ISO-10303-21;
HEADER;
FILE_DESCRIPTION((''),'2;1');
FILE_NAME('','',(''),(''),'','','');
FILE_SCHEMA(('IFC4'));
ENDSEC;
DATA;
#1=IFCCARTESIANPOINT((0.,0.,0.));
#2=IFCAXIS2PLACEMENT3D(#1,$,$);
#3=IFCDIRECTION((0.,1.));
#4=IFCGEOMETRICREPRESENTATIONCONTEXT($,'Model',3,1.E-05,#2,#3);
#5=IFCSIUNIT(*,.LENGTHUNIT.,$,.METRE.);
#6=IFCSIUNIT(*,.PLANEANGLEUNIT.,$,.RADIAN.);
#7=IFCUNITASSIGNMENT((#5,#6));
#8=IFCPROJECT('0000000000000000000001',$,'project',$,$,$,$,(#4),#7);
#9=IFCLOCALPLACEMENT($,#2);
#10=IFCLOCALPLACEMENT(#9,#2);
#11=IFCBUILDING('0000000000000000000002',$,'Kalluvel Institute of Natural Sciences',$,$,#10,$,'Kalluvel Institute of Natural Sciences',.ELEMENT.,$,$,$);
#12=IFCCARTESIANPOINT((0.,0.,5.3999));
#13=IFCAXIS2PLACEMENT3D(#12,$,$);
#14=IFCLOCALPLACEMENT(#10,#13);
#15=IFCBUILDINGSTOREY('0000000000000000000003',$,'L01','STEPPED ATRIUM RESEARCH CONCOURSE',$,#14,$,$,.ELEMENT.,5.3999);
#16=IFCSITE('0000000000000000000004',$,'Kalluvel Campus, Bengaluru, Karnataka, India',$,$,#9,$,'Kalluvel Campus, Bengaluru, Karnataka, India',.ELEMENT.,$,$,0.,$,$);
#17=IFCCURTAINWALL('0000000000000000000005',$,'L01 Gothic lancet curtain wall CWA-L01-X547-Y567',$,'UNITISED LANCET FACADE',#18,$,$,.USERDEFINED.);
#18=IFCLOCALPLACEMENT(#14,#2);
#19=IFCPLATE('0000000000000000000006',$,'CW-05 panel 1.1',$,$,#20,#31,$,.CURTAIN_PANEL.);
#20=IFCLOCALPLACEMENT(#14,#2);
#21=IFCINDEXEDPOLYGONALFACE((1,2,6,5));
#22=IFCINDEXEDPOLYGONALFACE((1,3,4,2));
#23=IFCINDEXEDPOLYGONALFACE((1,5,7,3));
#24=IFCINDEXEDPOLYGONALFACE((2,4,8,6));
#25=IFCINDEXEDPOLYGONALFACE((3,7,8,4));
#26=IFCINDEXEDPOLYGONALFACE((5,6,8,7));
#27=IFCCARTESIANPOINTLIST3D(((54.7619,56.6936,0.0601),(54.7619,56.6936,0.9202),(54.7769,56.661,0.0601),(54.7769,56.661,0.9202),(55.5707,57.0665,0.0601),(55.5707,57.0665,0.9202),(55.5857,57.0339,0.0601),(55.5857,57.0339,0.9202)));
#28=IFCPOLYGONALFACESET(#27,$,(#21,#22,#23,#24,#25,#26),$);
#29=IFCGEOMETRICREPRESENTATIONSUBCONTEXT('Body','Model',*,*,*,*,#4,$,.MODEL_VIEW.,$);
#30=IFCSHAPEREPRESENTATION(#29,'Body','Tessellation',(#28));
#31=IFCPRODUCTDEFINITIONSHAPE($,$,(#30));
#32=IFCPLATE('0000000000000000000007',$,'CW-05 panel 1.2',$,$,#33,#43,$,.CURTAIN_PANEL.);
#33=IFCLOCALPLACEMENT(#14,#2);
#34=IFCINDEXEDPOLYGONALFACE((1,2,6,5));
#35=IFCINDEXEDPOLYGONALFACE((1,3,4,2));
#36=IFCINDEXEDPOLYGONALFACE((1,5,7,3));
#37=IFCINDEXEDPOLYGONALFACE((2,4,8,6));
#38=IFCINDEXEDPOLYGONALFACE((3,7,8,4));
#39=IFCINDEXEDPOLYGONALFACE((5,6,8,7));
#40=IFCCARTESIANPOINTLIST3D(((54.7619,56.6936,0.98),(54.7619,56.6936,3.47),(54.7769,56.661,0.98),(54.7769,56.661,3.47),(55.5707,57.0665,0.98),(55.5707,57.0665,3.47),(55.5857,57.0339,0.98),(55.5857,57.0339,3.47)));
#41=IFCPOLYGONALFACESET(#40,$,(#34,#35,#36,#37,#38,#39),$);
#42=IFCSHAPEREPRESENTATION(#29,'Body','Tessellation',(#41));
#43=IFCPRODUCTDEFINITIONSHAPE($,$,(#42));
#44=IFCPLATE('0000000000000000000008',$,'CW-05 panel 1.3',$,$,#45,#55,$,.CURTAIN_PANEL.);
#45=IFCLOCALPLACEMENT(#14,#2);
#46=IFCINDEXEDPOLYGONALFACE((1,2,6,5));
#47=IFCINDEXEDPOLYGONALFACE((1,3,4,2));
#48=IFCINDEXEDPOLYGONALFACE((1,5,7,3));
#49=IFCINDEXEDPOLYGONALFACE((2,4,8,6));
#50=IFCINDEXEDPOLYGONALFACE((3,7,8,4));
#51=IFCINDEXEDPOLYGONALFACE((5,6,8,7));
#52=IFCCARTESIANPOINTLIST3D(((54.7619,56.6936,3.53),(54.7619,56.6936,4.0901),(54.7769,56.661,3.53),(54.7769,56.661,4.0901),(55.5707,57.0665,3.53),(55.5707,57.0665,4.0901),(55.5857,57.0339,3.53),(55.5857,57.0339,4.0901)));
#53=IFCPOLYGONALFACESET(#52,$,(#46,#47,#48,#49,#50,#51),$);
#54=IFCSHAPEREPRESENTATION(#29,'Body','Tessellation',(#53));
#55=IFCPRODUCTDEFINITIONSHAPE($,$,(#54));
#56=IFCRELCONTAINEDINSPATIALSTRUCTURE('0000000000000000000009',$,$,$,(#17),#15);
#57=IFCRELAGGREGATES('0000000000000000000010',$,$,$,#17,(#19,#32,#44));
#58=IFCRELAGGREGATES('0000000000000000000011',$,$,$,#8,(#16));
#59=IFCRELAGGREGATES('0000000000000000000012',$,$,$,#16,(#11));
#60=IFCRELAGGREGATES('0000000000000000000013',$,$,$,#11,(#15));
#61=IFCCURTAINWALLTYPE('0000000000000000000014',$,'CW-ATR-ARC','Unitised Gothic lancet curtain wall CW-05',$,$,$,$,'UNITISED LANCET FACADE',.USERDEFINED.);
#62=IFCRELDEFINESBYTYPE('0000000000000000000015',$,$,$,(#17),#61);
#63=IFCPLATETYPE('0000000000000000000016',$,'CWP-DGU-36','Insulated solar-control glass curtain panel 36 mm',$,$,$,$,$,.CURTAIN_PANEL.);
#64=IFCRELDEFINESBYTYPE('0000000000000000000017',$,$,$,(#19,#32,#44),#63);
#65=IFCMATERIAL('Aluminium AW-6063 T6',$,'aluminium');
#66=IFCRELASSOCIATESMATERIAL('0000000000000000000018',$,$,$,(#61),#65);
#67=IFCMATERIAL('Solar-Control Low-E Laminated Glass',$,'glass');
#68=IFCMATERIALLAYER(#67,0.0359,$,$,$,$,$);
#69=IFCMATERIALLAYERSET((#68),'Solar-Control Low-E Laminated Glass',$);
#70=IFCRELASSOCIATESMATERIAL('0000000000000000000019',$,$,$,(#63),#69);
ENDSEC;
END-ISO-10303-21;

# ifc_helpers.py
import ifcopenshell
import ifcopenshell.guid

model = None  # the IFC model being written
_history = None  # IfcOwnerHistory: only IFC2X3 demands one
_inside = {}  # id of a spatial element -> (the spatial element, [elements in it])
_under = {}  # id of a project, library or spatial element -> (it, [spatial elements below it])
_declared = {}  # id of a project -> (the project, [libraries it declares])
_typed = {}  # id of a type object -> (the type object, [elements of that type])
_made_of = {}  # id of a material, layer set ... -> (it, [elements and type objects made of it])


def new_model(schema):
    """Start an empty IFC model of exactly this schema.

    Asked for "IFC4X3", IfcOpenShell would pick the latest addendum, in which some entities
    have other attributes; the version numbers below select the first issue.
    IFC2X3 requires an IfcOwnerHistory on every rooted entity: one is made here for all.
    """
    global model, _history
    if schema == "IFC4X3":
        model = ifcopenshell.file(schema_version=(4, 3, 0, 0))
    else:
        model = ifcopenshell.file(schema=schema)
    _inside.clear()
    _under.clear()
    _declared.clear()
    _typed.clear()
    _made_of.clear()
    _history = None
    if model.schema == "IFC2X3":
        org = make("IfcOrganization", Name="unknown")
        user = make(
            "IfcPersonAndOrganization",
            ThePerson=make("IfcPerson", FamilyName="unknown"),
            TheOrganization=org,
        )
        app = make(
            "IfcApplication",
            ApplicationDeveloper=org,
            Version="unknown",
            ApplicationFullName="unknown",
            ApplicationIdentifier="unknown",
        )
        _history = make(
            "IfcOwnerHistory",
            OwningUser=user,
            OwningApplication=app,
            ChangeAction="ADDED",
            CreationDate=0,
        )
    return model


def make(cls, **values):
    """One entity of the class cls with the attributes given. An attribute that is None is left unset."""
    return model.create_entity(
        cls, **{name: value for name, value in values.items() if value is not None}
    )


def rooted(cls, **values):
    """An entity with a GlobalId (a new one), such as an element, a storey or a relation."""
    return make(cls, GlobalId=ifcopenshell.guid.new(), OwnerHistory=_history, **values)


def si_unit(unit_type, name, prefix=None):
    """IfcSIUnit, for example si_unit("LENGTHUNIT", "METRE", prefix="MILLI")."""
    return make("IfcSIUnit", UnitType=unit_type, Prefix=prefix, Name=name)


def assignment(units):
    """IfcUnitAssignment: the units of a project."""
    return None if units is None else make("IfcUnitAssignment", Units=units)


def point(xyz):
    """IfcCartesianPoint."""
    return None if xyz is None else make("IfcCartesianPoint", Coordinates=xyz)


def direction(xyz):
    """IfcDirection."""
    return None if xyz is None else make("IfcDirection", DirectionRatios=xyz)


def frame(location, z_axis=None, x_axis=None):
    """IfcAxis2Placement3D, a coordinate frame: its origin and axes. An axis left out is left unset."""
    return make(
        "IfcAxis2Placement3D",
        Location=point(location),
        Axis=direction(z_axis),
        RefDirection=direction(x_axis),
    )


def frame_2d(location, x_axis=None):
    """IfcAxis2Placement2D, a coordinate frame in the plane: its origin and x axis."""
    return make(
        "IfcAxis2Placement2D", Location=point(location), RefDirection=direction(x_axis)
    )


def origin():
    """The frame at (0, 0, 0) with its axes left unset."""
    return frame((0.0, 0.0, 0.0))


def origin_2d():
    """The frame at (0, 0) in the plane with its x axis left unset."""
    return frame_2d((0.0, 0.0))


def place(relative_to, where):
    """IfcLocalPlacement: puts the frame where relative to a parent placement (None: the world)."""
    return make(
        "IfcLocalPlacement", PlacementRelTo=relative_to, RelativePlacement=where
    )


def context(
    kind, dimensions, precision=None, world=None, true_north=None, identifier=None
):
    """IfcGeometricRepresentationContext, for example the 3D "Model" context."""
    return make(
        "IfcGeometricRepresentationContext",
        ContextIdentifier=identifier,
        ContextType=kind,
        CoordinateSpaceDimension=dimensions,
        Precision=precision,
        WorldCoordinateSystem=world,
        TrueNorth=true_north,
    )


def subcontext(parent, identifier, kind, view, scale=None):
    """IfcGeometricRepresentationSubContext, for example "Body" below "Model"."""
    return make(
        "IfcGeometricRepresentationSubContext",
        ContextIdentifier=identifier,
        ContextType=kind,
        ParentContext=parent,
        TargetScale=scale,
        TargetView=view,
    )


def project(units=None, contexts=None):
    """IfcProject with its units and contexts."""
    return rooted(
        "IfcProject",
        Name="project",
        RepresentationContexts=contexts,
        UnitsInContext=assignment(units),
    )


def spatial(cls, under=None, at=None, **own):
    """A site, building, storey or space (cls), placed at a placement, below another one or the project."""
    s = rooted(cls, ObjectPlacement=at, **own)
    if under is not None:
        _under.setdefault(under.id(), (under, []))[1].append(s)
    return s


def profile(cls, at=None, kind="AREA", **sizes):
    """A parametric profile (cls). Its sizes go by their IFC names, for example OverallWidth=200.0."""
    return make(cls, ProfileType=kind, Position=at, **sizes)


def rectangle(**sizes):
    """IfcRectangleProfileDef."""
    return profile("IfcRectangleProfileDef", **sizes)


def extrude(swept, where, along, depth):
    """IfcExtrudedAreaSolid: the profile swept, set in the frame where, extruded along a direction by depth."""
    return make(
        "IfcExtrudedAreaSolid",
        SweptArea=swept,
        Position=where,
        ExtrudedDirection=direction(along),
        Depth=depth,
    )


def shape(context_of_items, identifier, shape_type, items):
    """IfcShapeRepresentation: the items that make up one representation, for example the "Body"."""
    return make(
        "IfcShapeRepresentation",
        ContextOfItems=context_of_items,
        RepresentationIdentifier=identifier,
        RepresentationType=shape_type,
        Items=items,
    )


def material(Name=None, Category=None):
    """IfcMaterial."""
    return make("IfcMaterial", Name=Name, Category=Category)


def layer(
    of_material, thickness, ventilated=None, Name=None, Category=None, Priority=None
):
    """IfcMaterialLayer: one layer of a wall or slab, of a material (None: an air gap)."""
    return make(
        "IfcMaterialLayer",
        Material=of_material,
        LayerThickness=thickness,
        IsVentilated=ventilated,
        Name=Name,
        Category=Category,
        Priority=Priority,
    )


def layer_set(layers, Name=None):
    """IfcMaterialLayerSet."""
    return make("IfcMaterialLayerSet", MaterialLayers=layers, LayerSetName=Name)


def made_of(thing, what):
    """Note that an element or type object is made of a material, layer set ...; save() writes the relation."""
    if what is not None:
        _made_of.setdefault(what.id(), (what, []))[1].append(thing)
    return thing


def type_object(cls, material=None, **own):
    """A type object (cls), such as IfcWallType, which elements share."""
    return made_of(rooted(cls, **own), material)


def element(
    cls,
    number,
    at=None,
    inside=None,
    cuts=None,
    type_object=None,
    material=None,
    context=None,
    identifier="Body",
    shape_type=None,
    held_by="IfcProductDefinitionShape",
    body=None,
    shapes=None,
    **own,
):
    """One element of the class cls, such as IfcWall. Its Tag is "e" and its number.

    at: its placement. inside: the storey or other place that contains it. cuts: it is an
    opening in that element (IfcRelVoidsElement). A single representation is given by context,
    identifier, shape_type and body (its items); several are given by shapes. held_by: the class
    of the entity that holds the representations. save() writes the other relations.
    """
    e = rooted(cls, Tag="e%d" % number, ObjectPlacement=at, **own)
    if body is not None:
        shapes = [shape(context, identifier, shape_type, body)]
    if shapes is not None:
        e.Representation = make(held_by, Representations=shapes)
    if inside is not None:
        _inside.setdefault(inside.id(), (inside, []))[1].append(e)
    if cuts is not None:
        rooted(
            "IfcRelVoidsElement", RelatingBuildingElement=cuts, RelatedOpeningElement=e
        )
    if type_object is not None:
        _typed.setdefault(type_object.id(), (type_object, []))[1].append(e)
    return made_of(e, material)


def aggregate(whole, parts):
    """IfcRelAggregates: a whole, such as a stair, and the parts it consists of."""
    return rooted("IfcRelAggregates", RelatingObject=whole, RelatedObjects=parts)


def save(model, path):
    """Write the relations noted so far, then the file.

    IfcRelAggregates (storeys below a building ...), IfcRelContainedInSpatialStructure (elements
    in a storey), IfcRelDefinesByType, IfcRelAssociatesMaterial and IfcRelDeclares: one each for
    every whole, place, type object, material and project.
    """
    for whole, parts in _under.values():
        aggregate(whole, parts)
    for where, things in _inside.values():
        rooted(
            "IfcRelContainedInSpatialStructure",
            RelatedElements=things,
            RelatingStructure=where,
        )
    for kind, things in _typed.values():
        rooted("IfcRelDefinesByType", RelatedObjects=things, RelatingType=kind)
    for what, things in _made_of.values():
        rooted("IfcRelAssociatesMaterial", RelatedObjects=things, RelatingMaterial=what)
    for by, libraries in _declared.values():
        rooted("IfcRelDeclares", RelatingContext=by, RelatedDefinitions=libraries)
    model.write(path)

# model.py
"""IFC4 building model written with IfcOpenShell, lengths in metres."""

from ifc_helpers import new_model, si_unit, direction, frame, origin, origin_2d, place, context, subcontext, project, spatial, rectangle, extrude, material, layer, layer_set, type_object, element, aggregate, save


model = new_model("IFC4")

# Units and contexts
model_context = context("Model", 3, precision=1e-05, world=origin(), true_north=direction((0.0, 1.0)))
body_context = subcontext(model_context, "Body", "Model", "MODEL_VIEW")
ifc_project = project(units=[si_unit("LENGTHUNIT", "METRE"), si_unit("PLANEANGLEUNIT", "RADIAN")], contexts=[model_context])

# Site, building, storey
site_placement = place(None, origin())
site = spatial("IfcSite", under=ifc_project, at=site_placement, Name="Kalluvel Campus, Bengaluru, Karnataka, India", LongName="Kalluvel Campus, Bengaluru, Karnataka, India", CompositionType="ELEMENT", RefElevation=0.0)
building_placement = place(site_placement, origin())
building = spatial("IfcBuilding", under=site, at=building_placement, Name="Kalluvel Institute of Natural Sciences", LongName="Kalluvel Institute of Natural Sciences", CompositionType="ELEMENT")
storey_placement = place(building_placement, frame((0.0, 0.0, 5.3999)))
storey = spatial("IfcBuildingStorey", under=building, at=storey_placement, Name="L01", Description="STEPPED ATRIUM RESEARCH CONCOURSE", CompositionType="ELEMENT", Elevation=5.3999)

# Curtain wall
ifc_material_1 = material(Name="Aluminium AW-6063 T6", Category="aluminium")
curtain_wall_type = type_object("IfcCurtainWallType", Name="CW-ATR-ARC", Description="Unitised Gothic lancet curtain wall CW-05", ElementType="UNITISED LANCET FACADE", PredefinedType="USERDEFINED", material=ifc_material_1)
curtain_wall_1_placement = place(storey_placement, origin())
curtain_wall_1 = element("IfcCurtainWall", 1, at=curtain_wall_1_placement, inside=storey, type_object=curtain_wall_type, Name="L01 Gothic lancet curtain wall CWA-L01-X547-Y567", ObjectType="UNITISED LANCET FACADE", PredefinedType="USERDEFINED")

# Plates
ifc_material_2 = material(Name="Solar-Control Low-E Laminated Glass", Category="glass")
ifc_layer = layer(ifc_material_2, 0.0359)
ifc_layer_set = layer_set([ifc_layer], Name="Solar-Control Low-E Laminated Glass")
plate_type = type_object("IfcPlateType", Name="CWP-DGU-36", Description="Insulated solar-control glass curtain panel 36 mm", PredefinedType="CURTAIN_PANEL", material=ifc_layer_set)
plate_1_placement = place(storey_placement, frame((55.1738, 56.8638, 0.0601), z_axis=(0.0, 0.0, 1.0), x_axis=(0.908144, 0.418657, 0.0)))
plate_1 = element("IfcPlate", 2, at=plate_1_placement, type_object=plate_type, Name="CW-05 panel 1.1", PredefinedType="CURTAIN_PANEL", context=body_context, shape_type="SweptSolid", body=[
    extrude(rectangle(XDim=0.8906, YDim=0.0359, at=origin_2d()), origin(), (0.0, 0.0, 1.0), 0.8601),
])
plate_2_placement = place(storey_placement, frame((55.1738, 56.8638, 0.98), z_axis=(0.0, 0.0, 1.0), x_axis=(0.908144, 0.418657, 0.0)))
plate_2 = element("IfcPlate", 3, at=plate_2_placement, type_object=plate_type, Name="CW-05 panel 1.2", PredefinedType="CURTAIN_PANEL", context=body_context, shape_type="SweptSolid", body=[
    extrude(rectangle(XDim=0.8906, YDim=0.0359, at=origin_2d()), origin(), (0.0, 0.0, 1.0), 2.49),
])
plate_3_placement = place(storey_placement, frame((55.1738, 56.8638, 3.53), z_axis=(0.0, 0.0, 1.0), x_axis=(0.908144, 0.418657, 0.0)))
plate_3 = element("IfcPlate", 4, at=plate_3_placement, type_object=plate_type, Name="CW-05 panel 1.3", PredefinedType="CURTAIN_PANEL", context=body_context, shape_type="SweptSolid", body=[
    extrude(rectangle(XDim=0.8906, YDim=0.0359, at=origin_2d()), origin(), (0.0, 0.0, 1.0), 0.5601),
])
aggregate(curtain_wall_1, [plate_1, plate_2, plate_3])

save(model, "model.ifc")
